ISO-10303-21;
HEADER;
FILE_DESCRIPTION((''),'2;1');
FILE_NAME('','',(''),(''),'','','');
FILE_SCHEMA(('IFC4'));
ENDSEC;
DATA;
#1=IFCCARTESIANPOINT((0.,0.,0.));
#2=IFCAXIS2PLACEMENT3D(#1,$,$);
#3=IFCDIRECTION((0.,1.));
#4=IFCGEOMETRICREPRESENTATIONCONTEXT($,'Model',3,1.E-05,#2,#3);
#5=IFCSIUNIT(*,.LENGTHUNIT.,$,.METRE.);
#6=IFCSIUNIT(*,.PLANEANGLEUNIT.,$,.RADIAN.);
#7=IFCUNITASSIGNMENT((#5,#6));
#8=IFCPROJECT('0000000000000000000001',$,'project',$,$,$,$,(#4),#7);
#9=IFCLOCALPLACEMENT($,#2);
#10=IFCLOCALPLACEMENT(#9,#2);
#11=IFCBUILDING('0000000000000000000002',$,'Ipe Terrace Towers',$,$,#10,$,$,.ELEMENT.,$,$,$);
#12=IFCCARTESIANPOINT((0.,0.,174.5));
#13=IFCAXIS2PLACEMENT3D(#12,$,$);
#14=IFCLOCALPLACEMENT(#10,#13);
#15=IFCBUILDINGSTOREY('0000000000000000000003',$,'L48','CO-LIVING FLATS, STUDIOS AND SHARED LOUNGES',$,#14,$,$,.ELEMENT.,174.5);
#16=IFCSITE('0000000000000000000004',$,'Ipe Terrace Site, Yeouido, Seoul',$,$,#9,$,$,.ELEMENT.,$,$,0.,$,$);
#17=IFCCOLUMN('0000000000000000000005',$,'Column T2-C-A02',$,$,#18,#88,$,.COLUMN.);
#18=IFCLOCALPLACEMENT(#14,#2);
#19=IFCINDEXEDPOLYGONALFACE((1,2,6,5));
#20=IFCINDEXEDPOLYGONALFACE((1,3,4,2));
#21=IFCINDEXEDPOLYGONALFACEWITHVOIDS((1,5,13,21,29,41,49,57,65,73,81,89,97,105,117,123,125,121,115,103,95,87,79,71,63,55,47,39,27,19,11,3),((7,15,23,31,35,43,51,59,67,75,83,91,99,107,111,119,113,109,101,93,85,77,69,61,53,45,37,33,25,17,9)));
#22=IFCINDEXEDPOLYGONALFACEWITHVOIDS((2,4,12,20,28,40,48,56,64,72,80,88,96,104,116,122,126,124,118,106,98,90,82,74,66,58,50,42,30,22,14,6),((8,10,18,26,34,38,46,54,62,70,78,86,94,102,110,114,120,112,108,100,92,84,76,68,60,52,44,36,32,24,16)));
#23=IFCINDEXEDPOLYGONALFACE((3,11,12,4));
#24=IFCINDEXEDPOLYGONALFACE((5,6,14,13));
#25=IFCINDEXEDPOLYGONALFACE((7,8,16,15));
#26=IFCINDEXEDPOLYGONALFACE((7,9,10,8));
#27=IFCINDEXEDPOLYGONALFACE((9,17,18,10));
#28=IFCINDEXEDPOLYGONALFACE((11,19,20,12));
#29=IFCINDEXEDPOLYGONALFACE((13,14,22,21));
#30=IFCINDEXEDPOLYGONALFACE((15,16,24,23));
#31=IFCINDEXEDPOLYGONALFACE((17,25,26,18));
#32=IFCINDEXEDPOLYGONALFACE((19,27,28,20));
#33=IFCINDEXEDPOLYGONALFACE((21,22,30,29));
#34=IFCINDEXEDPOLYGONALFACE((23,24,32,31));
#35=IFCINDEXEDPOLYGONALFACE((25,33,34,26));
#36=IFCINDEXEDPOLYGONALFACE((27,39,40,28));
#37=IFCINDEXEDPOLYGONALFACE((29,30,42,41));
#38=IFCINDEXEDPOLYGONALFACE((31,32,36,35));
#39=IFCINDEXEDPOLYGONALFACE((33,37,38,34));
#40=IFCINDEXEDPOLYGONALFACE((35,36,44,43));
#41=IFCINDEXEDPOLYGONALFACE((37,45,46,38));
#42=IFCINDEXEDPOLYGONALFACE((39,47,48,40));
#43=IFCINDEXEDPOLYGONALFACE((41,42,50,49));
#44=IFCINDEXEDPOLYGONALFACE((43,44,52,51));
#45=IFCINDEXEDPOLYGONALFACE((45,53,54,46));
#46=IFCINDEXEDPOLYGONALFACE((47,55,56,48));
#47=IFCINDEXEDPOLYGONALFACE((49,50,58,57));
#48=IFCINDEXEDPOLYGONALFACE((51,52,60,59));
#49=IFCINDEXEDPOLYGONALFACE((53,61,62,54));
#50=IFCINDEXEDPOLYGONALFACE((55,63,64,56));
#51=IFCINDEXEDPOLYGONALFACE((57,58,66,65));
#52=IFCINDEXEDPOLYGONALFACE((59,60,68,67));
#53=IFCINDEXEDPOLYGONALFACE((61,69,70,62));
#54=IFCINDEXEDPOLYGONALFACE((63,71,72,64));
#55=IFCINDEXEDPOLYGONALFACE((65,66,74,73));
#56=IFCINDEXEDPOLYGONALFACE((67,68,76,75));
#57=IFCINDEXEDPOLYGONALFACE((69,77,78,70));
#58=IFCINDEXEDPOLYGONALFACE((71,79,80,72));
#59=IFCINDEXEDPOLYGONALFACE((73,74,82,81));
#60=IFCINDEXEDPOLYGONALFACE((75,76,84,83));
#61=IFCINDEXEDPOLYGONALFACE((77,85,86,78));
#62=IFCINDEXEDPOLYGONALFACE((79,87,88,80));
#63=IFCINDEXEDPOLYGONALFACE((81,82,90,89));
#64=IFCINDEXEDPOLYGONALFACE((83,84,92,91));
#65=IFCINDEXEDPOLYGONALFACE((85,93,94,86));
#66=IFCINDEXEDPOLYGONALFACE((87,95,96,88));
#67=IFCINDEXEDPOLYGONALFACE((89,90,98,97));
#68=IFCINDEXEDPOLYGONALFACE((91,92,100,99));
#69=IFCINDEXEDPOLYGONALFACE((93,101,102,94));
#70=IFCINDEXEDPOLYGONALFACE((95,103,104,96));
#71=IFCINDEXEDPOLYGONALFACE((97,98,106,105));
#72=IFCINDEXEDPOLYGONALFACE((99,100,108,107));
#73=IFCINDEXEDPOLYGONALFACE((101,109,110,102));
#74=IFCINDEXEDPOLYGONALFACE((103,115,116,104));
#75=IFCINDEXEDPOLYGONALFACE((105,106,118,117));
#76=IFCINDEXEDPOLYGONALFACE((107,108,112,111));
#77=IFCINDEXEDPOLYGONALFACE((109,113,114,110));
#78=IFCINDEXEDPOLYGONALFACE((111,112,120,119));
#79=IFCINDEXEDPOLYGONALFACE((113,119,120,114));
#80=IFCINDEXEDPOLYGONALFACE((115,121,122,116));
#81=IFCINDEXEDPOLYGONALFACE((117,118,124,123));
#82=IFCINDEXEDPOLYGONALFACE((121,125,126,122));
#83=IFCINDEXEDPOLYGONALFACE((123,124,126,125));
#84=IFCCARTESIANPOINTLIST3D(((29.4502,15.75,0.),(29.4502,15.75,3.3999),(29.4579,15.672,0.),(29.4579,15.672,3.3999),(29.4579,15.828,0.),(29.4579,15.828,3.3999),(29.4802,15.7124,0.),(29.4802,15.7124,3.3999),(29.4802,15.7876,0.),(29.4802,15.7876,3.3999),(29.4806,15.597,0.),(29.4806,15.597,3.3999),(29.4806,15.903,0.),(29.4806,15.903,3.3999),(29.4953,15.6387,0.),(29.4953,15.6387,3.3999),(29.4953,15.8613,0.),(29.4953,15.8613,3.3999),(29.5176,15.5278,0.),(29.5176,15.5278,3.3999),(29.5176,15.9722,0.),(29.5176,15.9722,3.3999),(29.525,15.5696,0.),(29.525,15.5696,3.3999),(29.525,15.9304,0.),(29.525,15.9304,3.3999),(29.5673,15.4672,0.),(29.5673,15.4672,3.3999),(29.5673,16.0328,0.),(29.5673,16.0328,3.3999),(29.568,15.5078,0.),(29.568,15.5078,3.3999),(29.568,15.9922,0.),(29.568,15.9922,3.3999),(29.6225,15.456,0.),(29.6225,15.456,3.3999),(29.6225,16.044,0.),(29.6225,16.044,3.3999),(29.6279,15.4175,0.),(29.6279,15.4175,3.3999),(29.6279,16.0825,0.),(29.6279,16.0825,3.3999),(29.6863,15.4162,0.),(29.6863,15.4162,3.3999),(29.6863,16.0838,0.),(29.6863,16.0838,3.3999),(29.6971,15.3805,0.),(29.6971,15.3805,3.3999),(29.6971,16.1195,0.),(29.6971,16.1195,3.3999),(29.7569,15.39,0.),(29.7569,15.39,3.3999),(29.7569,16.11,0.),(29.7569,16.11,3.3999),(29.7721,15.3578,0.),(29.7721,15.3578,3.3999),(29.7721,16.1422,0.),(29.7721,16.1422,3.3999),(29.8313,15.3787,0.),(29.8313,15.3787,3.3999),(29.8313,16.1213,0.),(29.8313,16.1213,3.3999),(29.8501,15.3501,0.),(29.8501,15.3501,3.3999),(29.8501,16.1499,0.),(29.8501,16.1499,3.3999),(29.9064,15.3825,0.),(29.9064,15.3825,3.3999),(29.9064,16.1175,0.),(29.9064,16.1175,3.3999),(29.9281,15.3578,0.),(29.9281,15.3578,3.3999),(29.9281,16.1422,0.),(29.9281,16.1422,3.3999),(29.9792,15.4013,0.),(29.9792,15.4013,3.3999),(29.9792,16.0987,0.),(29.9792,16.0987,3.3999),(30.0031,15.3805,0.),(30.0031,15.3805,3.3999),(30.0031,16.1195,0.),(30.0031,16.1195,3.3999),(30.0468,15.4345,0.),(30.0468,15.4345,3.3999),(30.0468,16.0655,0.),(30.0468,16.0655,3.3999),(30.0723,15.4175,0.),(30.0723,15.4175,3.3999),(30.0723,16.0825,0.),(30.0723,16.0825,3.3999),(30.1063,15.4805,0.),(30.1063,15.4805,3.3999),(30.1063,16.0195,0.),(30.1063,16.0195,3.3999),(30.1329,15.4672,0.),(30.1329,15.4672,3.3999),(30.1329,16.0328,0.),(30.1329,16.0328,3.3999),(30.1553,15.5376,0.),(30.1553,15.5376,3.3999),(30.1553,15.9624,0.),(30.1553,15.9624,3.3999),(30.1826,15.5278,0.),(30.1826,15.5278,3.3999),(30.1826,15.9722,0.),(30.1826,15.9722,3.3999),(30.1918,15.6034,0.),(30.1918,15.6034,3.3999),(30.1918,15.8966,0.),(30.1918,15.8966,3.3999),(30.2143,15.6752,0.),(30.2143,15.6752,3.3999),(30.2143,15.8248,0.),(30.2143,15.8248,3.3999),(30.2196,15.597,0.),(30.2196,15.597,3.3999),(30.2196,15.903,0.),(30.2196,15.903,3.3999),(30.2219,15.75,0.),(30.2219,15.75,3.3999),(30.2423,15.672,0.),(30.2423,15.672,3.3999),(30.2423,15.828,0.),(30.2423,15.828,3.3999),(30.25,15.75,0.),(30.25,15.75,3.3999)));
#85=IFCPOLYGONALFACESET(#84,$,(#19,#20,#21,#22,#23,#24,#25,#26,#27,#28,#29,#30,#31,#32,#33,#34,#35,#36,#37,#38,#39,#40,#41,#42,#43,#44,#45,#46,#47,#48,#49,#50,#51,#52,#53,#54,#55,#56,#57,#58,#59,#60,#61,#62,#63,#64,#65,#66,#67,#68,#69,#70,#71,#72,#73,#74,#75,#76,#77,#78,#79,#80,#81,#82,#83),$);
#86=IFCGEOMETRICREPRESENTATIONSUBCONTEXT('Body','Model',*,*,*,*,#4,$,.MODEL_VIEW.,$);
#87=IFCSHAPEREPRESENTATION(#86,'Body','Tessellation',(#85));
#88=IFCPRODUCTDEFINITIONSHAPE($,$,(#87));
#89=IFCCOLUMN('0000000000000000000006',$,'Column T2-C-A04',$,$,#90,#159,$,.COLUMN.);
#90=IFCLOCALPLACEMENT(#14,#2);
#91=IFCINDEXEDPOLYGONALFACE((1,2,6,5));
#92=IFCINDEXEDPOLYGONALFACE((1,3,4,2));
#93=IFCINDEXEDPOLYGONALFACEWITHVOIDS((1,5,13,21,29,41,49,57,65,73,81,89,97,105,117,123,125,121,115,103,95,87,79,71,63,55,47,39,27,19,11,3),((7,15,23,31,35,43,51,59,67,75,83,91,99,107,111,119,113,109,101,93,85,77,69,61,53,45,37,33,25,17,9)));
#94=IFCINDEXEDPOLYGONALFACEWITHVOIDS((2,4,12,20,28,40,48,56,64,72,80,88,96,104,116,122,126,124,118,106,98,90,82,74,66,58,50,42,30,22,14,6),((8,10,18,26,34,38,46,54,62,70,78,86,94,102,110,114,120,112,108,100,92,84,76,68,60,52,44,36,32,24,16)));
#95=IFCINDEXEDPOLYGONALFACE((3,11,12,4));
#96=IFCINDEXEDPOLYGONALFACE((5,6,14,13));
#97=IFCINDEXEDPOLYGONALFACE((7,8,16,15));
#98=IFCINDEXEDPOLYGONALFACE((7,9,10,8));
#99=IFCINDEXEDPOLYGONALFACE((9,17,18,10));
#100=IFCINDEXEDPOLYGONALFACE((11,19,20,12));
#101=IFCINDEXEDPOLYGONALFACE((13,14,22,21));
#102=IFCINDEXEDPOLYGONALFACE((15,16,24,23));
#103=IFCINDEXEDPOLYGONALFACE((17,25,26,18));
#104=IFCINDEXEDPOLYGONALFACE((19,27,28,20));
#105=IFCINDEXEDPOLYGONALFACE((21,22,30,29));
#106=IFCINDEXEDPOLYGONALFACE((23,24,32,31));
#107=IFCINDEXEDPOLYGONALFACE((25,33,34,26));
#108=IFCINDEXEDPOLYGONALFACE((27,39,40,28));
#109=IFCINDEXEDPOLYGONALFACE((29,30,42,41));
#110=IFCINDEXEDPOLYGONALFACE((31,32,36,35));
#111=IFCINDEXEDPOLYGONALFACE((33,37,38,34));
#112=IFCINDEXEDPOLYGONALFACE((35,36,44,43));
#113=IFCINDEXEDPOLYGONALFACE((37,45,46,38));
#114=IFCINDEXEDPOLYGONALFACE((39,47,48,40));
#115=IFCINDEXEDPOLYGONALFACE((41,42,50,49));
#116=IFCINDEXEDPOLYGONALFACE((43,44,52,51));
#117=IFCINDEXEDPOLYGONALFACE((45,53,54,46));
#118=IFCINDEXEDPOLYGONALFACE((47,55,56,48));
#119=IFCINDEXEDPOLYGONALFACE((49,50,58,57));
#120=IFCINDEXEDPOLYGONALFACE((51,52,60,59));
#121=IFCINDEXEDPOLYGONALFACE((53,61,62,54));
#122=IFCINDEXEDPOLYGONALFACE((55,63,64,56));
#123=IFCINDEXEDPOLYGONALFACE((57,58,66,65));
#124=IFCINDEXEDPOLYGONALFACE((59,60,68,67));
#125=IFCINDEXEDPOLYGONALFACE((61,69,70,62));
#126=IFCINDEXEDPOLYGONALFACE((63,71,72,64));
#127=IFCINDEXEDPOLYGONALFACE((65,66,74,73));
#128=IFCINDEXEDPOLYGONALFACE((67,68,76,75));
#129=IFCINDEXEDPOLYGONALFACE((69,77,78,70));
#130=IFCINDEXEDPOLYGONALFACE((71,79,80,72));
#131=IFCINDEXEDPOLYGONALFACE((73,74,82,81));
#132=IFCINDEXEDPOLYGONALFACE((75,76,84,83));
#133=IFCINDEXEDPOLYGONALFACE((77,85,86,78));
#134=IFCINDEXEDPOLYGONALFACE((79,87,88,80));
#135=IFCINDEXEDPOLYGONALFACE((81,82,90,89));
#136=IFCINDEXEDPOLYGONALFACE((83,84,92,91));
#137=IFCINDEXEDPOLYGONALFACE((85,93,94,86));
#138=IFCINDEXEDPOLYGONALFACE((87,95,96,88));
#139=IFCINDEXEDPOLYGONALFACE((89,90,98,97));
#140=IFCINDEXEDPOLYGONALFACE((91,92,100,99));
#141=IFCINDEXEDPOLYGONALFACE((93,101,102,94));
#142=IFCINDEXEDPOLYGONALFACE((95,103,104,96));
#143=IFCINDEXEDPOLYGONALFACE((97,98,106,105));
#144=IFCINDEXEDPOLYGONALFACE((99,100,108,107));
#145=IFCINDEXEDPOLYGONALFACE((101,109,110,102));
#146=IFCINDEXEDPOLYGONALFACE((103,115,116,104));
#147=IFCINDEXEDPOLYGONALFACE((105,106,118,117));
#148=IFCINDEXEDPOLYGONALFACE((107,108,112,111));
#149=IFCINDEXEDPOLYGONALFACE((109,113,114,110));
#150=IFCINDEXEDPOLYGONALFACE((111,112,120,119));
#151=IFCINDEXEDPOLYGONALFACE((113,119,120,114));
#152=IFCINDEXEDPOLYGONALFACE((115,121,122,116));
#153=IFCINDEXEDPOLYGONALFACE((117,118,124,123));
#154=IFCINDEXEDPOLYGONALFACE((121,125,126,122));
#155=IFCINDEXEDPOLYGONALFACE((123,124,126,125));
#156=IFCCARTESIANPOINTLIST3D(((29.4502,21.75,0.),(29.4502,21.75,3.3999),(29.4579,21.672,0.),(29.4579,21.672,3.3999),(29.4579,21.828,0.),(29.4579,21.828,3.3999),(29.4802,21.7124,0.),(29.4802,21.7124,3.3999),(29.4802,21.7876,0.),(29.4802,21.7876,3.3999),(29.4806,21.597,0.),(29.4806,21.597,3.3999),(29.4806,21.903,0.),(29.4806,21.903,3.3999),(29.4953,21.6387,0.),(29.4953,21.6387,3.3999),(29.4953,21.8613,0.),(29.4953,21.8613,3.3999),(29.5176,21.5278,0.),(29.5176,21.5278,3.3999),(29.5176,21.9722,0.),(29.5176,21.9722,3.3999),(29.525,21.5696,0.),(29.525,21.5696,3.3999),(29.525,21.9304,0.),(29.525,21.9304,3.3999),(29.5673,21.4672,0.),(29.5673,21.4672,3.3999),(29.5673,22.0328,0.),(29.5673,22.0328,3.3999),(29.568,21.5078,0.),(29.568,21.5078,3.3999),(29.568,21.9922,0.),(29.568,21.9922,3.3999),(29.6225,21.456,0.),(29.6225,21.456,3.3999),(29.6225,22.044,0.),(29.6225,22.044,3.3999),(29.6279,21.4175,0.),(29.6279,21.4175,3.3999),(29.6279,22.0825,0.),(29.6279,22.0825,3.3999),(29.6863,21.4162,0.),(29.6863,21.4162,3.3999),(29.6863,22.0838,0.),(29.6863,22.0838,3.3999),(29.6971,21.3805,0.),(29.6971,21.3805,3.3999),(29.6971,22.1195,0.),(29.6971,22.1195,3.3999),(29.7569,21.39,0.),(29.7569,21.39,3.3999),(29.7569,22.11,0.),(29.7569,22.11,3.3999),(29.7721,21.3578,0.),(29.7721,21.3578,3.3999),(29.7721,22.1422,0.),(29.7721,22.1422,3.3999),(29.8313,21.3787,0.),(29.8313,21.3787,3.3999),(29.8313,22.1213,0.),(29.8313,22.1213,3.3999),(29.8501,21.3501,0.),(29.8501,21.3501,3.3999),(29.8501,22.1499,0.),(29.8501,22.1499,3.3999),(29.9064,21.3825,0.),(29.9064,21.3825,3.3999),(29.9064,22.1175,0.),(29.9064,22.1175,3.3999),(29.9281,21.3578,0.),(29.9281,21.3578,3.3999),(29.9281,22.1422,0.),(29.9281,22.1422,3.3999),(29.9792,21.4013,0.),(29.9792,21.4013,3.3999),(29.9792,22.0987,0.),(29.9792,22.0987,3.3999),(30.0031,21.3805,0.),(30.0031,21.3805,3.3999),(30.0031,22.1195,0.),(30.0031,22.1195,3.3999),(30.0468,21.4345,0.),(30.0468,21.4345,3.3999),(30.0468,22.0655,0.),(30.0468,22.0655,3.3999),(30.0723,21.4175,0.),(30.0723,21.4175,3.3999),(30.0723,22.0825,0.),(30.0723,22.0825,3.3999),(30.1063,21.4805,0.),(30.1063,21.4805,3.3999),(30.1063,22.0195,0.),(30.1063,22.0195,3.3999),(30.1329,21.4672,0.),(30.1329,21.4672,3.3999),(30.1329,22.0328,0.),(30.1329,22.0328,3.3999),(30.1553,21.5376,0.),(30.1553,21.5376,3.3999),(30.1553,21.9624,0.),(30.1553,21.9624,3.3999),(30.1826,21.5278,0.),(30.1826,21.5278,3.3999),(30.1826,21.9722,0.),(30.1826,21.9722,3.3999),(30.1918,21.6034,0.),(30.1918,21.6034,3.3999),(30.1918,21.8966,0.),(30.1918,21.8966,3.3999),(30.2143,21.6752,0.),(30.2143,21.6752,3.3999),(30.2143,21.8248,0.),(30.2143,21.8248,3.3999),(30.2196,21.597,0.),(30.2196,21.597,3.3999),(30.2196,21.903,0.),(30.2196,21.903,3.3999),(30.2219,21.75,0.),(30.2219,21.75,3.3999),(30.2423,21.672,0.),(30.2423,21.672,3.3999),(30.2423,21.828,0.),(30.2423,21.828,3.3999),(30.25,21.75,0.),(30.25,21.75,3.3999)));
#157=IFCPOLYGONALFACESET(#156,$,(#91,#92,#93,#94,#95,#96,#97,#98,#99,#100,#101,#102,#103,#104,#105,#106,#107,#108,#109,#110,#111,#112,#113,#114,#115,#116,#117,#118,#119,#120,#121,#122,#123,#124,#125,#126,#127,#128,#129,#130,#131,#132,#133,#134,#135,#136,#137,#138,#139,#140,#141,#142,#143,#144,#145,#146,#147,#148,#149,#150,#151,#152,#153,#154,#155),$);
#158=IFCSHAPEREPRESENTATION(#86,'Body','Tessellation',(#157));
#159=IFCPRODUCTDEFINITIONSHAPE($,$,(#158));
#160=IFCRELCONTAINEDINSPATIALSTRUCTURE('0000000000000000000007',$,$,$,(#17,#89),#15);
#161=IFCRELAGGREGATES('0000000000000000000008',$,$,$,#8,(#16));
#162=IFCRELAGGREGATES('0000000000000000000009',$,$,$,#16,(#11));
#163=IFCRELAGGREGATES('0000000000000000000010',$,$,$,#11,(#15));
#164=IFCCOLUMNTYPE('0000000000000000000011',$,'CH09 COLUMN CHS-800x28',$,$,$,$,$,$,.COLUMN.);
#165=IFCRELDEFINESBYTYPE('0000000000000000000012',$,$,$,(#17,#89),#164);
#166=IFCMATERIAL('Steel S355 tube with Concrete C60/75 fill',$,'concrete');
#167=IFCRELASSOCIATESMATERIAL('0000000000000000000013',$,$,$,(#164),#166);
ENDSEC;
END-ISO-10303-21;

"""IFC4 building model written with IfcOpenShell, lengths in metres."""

from ifc_helpers import new_model, si_unit, direction, frame, origin, origin_2d, place, context, subcontext, project, spatial, hollow_circle, extrude, material, material_profile, profile_set, type_object, element, save


model = new_model("IFC4")

# Units and contexts
model_context = context("Model", 3, precision=1e-05, world=origin(), true_north=direction((0.0, 1.0)))
body_context = subcontext(model_context, "Body", "Model", "MODEL_VIEW")
ifc_project = project(units=[si_unit("LENGTHUNIT", "METRE"), si_unit("PLANEANGLEUNIT", "RADIAN")], contexts=[model_context])

# Site, building, storey
site_placement = place(None, origin())
site = spatial("IfcSite", under=ifc_project, at=site_placement, Name="Ipe Terrace Site, Yeouido, Seoul", CompositionType="ELEMENT", RefElevation=0.0)
building_placement = place(site_placement, origin())
building = spatial("IfcBuilding", under=site, at=building_placement, Name="Ipe Terrace Towers", CompositionType="ELEMENT")
storey_placement = place(building_placement, frame((0.0, 0.0, 174.5)))
storey = spatial("IfcBuildingStorey", under=building, at=storey_placement, Name="L48", Description="CO-LIVING FLATS, STUDIOS AND SHARED LOUNGES", CompositionType="ELEMENT", Elevation=174.5)

# Columns
ifc_material_1 = material(Name="Steel S355 tube with Concrete C60/75 fill", Category="concrete")
ifc_material_profile_1 = material_profile(ifc_material_1, hollow_circle(Radius=0.3999, WallThickness=0.0281, at=origin_2d()), Name="CHS-800x28")
ifc_profile_set_1 = profile_set([ifc_material_profile_1], Name="Steel S355 tube with Concrete C60/75 fill")
column_type_1 = type_object("IfcColumnType", Name="CH09 COLUMN CHS-800x28", PredefinedType="COLUMN", material=ifc_profile_set_1)
for number, where, z_axis, x_axis, name in (
    (1, (29.8501, 15.75, 0.0), (0.0, 0.0, 1.0), (1.0, 0.0, 0.0), "Column T2-C-A02"),
    (2, (29.8501, 21.75, 0.0), (0.0, 0.0, 1.0), (1.0, 0.0, 0.0), "Column T2-C-A04"),
):
    element("IfcColumn", number, at=place(storey_placement, frame(where, z_axis=z_axis, x_axis=x_axis)), inside=storey, type_object=column_type_1, Name=name, PredefinedType="COLUMN", context=body_context, shape_type="SweptSolid", body=[
        extrude(hollow_circle(Radius=0.3999, WallThickness=0.0281, at=origin_2d()), origin(), (0.0, 0.0, 1.0), 3.3999),
    ])

save(model, "model.ifc")
